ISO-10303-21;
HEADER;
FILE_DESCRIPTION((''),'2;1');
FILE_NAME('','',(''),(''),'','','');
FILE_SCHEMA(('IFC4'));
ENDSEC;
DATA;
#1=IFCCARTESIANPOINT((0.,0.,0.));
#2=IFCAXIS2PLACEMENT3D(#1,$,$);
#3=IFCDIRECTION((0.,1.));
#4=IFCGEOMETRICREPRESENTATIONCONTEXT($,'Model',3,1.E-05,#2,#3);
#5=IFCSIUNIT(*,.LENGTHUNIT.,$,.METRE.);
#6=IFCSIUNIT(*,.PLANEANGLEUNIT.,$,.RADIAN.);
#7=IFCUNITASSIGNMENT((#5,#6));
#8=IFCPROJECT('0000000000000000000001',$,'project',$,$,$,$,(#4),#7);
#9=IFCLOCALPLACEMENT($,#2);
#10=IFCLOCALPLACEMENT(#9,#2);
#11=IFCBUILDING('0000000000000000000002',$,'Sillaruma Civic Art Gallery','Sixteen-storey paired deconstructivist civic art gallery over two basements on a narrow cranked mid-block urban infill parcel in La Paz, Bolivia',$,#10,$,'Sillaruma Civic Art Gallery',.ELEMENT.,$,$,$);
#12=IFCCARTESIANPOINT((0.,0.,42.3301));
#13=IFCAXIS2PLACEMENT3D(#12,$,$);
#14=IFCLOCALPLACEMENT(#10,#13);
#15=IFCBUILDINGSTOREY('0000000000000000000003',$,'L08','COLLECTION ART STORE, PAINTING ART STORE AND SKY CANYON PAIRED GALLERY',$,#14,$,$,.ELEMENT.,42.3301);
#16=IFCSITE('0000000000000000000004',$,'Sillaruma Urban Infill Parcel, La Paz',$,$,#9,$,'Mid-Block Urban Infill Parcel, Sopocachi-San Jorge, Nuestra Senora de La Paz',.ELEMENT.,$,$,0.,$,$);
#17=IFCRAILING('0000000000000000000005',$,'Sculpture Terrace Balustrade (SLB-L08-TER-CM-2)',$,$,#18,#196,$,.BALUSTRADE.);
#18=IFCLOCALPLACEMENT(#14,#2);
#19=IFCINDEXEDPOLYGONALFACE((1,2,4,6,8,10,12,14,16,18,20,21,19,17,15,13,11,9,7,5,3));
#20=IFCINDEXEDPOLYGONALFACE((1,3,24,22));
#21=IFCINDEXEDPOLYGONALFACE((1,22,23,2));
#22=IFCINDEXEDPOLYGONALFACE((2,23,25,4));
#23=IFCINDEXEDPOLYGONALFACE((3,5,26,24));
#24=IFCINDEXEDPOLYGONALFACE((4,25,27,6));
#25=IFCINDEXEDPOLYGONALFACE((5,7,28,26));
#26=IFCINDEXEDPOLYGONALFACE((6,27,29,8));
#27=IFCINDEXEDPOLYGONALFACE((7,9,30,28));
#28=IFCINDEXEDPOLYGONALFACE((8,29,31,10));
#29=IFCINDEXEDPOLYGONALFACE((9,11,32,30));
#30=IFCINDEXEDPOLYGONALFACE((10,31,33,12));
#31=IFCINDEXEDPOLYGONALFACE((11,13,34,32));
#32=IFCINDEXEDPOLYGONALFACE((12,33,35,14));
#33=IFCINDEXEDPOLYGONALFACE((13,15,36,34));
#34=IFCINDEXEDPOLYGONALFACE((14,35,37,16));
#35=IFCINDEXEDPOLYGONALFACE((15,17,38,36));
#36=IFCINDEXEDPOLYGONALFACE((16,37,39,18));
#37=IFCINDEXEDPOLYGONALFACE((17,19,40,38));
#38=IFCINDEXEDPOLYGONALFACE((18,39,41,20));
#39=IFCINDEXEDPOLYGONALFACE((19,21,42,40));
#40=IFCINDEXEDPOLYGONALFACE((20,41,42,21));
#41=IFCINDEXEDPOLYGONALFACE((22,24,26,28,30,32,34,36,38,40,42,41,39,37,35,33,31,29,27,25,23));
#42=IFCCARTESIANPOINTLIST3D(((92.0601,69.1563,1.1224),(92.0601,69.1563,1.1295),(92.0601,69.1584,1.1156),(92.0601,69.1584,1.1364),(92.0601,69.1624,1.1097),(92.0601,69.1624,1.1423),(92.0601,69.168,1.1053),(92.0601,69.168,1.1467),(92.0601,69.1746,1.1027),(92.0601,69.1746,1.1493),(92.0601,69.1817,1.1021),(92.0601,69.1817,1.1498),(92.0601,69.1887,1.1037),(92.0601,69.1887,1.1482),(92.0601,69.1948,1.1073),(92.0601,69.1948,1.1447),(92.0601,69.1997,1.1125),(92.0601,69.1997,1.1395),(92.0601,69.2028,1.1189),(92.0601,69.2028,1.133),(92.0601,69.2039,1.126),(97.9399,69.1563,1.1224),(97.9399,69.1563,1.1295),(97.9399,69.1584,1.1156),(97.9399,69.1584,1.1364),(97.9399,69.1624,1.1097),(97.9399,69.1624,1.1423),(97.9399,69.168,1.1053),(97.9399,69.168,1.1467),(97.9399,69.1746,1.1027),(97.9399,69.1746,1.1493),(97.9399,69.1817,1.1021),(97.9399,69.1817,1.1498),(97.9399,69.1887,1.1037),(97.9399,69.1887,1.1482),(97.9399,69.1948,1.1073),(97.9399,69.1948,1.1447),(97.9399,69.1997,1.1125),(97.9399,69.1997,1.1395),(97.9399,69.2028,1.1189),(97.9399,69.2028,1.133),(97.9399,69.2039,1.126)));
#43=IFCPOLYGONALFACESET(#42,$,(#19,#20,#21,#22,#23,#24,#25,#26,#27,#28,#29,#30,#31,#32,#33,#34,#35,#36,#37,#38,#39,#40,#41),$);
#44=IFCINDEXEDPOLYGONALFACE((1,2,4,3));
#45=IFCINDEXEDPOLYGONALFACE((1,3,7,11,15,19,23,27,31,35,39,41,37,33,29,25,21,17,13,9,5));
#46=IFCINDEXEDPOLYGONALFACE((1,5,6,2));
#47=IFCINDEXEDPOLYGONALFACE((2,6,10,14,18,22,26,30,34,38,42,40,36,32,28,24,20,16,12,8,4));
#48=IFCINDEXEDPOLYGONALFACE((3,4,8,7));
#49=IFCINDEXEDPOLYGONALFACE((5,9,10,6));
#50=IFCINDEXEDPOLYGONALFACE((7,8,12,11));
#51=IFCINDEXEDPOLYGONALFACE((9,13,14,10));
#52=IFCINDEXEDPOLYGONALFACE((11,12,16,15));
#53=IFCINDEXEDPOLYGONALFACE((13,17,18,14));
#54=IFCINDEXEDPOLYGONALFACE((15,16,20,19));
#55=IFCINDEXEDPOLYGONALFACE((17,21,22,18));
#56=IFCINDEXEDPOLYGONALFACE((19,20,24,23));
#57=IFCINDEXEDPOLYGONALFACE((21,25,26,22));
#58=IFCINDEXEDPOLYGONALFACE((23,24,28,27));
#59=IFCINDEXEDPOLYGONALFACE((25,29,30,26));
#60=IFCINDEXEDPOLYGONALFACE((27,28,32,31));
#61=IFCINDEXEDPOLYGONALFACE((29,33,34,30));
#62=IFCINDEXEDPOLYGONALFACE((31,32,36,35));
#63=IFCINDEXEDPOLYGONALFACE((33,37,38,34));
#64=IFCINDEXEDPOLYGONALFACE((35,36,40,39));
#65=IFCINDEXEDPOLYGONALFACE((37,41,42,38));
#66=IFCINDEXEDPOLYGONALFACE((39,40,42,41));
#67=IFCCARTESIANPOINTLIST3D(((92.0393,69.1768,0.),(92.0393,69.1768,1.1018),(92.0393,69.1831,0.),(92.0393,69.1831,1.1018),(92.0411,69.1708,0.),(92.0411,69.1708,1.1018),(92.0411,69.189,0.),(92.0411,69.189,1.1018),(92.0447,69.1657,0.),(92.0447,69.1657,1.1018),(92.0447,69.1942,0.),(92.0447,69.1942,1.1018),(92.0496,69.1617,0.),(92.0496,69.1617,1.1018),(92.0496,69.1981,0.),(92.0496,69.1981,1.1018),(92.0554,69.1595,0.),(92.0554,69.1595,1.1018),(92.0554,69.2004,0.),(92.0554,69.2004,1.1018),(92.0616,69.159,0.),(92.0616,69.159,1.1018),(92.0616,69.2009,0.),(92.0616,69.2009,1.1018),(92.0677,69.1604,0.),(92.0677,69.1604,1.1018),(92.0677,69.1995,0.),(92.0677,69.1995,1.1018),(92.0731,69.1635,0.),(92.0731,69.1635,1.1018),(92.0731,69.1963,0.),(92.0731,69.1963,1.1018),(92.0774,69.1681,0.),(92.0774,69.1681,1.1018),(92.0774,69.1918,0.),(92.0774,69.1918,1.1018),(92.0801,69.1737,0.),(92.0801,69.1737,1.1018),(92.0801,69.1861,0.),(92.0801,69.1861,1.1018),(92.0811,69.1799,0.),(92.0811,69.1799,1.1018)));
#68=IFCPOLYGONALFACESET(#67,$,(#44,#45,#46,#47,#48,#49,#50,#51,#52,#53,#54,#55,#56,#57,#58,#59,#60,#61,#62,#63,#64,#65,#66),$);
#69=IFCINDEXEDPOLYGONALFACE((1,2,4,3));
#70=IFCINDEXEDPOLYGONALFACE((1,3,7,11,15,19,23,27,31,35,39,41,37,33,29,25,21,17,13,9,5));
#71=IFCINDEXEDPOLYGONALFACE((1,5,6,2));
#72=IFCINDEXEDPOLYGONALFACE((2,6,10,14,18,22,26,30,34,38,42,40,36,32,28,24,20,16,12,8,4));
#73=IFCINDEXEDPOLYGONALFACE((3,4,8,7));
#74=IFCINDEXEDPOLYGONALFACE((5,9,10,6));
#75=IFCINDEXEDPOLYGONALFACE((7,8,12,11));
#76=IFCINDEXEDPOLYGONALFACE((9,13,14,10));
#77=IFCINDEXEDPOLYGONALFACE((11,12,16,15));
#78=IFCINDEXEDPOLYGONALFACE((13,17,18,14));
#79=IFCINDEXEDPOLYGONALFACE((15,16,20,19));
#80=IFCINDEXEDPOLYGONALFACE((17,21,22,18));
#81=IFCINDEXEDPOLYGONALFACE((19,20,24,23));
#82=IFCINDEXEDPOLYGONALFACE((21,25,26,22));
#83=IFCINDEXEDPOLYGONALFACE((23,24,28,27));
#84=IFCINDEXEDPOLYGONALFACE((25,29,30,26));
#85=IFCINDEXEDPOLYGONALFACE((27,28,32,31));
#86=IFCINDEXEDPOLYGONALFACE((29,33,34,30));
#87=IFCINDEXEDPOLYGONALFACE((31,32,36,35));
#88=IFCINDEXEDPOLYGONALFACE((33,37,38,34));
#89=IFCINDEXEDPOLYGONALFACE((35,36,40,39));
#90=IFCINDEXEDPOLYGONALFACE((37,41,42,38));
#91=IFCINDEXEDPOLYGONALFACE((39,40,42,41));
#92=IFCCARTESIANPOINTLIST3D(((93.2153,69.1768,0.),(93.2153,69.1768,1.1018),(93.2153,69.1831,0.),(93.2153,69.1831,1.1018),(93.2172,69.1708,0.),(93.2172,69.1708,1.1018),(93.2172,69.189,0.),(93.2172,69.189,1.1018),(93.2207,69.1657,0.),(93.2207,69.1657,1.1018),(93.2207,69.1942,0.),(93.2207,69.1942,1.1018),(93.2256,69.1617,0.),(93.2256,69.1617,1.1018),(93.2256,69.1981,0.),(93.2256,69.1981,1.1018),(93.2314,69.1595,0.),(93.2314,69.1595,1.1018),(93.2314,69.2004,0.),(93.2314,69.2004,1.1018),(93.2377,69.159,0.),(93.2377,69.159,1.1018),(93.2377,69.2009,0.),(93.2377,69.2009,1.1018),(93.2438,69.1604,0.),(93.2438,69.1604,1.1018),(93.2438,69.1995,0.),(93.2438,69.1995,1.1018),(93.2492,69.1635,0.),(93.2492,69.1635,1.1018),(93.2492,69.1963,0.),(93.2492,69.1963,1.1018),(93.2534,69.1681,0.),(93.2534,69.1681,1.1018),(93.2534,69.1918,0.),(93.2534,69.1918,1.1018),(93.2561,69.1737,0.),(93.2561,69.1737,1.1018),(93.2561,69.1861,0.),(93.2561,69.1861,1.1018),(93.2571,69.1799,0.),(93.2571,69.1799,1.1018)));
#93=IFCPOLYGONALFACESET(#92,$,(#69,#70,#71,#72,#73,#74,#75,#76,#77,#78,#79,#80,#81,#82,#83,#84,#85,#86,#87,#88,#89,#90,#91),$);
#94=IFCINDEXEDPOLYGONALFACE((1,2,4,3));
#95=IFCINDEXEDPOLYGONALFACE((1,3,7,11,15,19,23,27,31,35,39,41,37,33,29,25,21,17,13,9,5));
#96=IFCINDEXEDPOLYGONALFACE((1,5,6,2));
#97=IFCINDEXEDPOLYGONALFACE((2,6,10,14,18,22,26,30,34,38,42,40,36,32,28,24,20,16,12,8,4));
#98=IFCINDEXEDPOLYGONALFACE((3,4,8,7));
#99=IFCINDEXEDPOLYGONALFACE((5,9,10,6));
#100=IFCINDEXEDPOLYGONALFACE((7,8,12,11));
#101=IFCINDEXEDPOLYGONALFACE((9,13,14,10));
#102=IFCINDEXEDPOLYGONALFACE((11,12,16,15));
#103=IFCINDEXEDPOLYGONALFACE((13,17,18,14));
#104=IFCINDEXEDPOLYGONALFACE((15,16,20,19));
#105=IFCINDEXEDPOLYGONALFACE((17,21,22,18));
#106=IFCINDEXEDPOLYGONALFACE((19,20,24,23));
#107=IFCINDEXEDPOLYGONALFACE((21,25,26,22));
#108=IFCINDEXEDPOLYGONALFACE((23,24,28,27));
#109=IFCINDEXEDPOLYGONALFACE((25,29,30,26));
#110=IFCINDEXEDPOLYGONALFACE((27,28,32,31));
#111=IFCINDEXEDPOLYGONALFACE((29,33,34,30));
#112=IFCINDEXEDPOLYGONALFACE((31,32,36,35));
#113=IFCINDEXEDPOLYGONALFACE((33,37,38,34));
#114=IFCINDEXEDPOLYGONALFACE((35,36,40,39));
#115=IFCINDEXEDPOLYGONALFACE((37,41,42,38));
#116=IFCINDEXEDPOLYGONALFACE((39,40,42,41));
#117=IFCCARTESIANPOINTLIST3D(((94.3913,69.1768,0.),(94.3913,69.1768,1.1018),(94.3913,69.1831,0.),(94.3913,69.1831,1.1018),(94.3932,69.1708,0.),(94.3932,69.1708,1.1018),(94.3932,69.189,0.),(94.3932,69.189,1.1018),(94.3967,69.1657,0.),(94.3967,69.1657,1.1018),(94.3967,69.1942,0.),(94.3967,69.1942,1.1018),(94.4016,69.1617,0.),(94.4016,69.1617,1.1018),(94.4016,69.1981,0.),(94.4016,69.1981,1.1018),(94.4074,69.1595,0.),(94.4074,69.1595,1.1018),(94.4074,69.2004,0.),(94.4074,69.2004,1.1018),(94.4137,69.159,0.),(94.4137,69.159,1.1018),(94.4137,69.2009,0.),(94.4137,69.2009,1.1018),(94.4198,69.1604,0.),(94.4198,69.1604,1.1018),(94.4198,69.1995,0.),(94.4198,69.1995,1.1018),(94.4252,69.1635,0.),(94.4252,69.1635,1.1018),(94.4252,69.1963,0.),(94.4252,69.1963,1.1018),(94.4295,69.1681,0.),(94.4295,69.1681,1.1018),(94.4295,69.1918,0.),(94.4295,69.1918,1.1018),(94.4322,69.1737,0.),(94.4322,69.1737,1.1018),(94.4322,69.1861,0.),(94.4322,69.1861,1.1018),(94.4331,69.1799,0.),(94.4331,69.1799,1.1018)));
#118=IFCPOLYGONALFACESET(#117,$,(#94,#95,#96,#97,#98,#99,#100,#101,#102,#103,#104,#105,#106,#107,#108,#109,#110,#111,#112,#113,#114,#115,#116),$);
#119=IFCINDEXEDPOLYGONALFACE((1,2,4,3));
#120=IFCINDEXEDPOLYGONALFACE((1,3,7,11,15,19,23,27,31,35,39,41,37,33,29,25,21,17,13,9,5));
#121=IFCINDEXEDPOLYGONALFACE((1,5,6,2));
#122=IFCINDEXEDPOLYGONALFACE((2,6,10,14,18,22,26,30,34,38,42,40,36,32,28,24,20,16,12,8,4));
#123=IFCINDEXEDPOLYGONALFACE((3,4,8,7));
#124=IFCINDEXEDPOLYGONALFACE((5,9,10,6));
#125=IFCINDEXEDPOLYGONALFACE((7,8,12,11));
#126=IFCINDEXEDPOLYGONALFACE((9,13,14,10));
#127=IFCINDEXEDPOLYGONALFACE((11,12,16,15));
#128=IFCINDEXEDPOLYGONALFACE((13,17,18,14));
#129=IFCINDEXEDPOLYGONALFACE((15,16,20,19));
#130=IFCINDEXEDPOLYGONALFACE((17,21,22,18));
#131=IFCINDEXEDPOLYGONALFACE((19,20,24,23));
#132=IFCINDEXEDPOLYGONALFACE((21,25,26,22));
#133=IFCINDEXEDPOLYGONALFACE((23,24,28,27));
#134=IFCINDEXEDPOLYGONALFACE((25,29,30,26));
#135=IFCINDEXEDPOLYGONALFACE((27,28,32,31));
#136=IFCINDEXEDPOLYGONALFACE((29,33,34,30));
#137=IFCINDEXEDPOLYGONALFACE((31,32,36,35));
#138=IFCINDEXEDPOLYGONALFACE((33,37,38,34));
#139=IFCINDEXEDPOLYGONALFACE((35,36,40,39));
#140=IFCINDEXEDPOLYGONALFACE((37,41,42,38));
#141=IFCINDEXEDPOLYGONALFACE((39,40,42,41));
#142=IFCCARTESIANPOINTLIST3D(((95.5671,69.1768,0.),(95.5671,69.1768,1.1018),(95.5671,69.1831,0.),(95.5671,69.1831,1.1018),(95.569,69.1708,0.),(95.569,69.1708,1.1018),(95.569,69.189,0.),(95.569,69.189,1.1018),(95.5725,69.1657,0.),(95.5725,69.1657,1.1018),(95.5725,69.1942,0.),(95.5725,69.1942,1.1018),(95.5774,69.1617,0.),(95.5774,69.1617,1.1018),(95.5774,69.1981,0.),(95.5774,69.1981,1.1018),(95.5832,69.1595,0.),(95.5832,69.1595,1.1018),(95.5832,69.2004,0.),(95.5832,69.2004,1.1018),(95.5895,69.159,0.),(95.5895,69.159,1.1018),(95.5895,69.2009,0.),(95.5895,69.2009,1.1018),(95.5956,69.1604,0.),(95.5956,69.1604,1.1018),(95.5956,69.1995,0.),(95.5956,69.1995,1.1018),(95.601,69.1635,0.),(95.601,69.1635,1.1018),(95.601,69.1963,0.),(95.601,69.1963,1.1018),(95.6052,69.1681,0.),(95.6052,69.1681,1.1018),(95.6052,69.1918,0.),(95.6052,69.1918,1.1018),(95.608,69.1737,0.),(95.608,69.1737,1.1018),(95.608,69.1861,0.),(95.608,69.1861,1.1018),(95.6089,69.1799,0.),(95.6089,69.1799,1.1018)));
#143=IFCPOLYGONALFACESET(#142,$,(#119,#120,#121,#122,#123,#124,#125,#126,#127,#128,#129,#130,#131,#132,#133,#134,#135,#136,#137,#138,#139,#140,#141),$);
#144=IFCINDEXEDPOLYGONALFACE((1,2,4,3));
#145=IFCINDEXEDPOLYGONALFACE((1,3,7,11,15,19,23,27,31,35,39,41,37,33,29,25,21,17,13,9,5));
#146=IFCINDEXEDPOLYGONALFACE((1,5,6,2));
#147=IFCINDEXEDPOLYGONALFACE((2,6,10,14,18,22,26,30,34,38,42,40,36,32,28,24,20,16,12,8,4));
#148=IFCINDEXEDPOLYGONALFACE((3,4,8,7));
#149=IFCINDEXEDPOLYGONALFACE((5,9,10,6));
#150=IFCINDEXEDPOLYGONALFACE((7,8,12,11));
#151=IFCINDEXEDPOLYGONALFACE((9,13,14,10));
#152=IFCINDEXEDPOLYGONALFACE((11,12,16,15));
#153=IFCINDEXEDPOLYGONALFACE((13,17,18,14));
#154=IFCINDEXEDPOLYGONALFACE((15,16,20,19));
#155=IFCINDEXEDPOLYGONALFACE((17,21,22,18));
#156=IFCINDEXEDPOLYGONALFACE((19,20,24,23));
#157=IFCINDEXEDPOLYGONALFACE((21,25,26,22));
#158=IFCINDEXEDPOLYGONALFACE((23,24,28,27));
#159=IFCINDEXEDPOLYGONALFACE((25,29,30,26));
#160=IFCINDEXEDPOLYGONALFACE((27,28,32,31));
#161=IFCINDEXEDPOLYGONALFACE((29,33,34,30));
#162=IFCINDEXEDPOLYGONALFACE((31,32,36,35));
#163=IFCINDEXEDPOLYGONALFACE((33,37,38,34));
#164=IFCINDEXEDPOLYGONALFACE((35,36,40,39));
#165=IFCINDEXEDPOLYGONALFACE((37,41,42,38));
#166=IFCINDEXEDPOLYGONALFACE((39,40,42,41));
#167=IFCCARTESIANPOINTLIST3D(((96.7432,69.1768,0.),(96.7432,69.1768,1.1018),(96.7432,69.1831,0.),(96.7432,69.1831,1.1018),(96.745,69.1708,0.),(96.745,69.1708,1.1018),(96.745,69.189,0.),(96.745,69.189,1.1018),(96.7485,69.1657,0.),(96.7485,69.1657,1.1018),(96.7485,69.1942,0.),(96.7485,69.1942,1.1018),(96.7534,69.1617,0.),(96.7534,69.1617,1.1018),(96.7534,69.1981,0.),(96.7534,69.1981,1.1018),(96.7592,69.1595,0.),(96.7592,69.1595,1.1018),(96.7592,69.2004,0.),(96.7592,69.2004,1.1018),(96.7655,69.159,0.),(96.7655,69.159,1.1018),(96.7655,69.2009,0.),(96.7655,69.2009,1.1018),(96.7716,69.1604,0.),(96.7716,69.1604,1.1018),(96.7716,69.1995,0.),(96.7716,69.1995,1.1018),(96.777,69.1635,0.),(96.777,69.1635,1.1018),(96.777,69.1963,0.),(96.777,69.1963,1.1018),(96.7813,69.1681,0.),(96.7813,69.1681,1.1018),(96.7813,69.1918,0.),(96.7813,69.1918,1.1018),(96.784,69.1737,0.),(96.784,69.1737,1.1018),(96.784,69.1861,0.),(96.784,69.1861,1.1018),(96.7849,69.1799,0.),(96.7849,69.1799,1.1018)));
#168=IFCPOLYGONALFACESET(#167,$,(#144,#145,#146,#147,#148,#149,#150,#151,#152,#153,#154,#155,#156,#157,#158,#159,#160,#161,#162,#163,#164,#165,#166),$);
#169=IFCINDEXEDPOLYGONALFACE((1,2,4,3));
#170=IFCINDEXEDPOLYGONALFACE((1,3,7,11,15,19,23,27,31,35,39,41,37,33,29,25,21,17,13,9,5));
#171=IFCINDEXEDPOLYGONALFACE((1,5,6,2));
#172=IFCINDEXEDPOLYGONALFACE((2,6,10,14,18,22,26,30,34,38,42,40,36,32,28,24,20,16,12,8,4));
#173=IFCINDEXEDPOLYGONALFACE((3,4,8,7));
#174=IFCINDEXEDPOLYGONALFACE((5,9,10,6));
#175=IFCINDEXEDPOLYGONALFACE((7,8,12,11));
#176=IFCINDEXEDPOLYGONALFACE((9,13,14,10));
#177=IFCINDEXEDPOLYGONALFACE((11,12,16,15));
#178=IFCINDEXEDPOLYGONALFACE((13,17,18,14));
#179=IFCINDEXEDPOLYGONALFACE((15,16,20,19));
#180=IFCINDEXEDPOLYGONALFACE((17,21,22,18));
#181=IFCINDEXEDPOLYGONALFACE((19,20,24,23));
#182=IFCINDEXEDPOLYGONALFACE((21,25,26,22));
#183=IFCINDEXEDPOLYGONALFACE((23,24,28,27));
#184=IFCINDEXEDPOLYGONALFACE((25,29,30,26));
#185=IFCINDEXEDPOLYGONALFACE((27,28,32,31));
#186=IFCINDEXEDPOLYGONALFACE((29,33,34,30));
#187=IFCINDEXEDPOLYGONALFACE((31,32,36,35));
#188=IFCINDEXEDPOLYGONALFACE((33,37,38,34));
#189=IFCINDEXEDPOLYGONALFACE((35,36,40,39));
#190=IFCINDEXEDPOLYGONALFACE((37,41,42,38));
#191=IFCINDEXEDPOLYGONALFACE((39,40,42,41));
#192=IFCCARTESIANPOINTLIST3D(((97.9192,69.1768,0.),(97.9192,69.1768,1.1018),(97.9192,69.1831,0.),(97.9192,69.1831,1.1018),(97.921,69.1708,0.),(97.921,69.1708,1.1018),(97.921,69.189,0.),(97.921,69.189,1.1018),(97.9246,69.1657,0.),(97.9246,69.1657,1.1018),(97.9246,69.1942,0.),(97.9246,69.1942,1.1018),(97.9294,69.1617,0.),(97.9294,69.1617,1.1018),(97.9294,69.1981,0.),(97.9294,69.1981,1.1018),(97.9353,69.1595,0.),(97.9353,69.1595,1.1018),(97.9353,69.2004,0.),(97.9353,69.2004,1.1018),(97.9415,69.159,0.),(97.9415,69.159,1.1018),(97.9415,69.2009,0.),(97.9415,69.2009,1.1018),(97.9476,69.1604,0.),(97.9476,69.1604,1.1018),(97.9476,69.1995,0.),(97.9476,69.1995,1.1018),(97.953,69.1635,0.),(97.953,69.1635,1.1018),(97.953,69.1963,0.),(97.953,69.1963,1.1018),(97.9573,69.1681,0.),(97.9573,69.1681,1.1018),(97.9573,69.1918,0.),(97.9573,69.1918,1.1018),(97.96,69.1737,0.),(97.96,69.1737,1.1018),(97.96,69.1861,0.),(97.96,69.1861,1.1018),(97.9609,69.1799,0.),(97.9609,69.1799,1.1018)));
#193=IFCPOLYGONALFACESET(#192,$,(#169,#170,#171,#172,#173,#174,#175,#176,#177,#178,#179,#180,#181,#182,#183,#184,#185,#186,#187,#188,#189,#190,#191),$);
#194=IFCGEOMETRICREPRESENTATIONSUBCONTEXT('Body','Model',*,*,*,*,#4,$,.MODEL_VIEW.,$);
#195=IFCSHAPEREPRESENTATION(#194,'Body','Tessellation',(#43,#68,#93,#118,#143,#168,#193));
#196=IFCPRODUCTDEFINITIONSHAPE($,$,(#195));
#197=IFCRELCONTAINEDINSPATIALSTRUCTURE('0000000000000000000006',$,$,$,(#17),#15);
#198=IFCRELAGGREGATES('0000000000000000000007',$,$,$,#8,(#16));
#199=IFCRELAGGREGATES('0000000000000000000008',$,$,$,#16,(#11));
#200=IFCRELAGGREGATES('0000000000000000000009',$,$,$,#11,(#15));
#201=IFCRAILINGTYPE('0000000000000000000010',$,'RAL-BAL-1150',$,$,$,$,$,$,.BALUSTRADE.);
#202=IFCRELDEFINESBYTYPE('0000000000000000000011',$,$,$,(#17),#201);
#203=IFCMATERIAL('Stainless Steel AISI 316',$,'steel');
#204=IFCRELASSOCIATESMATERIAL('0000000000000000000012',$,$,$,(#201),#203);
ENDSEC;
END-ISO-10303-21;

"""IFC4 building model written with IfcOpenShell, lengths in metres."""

from ifc_helpers import new_model, si_unit, direction, frame, origin, origin_2d, place, context, subcontext, project, spatial, circle, extrude, material, type_object, element, save


model = new_model("IFC4")

# Units and contexts
model_context = context("Model", 3, precision=1e-05, world=origin(), true_north=direction((0.0, 1.0)))
body_context = subcontext(model_context, "Body", "Model", "MODEL_VIEW")
ifc_project = project(units=[si_unit("LENGTHUNIT", "METRE"), si_unit("PLANEANGLEUNIT", "RADIAN")], contexts=[model_context])

# Site, building, storey
site_placement = place(None, origin())
site = spatial("IfcSite", under=ifc_project, at=site_placement, Name="Sillaruma Urban Infill Parcel, La Paz", LongName="Mid-Block Urban Infill Parcel, Sopocachi-San Jorge, Nuestra Senora de La Paz", CompositionType="ELEMENT", RefElevation=0.0)
building_placement = place(site_placement, origin())
building = spatial("IfcBuilding", under=site, at=building_placement, Name="Sillaruma Civic Art Gallery", Description="Sixteen-storey paired deconstructivist civic art gallery over two basements on a narrow cranked mid-block urban infill parcel in La Paz, Bolivia", LongName="Sillaruma Civic Art Gallery", CompositionType="ELEMENT")
storey_placement = place(building_placement, frame((0.0, 0.0, 42.3301)))
storey = spatial("IfcBuildingStorey", under=building, at=storey_placement, Name="L08", Description="COLLECTION ART STORE, PAINTING ART STORE AND SKY CANYON PAIRED GALLERY", CompositionType="ELEMENT", Elevation=42.3301)

# Railing
ifc_material_1 = material(Name="Stainless Steel AISI 316", Category="steel")
railing_type = type_object("IfcRailingType", Name="RAL-BAL-1150", PredefinedType="BALUSTRADE", material=ifc_material_1)
railing_placement = place(storey_placement, frame((92.0601, 69.1799, 0.0)))
element("IfcRailing", 1, at=railing_placement, inside=storey, type_object=railing_type, Name="Sculpture Terrace Balustrade (SLB-L08-TER-CM-2)", PredefinedType="BALUSTRADE", context=body_context, shape_type="SweptSolid", body=[
    extrude(circle(Radius=0.0239, at=origin_2d()), frame((0.0, 0.0, 1.126), z_axis=(1.0, 0.0, 0.0), x_axis=(0.0, 1.0, 0.0)), (0.0, 0.0, 1.0), 5.8799),
    extrude(circle(Radius=0.021, at=origin_2d()), origin(), (0.0, 0.0, 1.0), 1.1018),
    extrude(circle(Radius=0.021, at=origin_2d()), frame((1.176, 0.0, 0.0)), (0.0, 0.0, 1.0), 1.1018),
    extrude(circle(Radius=0.021, at=origin_2d()), frame((2.3521, 0.0, 0.0)), (0.0, 0.0, 1.0), 1.1018),
    extrude(circle(Radius=0.021, at=origin_2d()), frame((3.5278, 0.0, 0.0)), (0.0, 0.0, 1.0), 1.1018),
    extrude(circle(Radius=0.021, at=origin_2d()), frame((4.7039, 0.0, 0.0)), (0.0, 0.0, 1.0), 1.1018),
    extrude(circle(Radius=0.021, at=origin_2d()), frame((5.8799, 0.0, 0.0)), (0.0, 0.0, 1.0), 1.1018),
])

save(model, "model.ifc")
